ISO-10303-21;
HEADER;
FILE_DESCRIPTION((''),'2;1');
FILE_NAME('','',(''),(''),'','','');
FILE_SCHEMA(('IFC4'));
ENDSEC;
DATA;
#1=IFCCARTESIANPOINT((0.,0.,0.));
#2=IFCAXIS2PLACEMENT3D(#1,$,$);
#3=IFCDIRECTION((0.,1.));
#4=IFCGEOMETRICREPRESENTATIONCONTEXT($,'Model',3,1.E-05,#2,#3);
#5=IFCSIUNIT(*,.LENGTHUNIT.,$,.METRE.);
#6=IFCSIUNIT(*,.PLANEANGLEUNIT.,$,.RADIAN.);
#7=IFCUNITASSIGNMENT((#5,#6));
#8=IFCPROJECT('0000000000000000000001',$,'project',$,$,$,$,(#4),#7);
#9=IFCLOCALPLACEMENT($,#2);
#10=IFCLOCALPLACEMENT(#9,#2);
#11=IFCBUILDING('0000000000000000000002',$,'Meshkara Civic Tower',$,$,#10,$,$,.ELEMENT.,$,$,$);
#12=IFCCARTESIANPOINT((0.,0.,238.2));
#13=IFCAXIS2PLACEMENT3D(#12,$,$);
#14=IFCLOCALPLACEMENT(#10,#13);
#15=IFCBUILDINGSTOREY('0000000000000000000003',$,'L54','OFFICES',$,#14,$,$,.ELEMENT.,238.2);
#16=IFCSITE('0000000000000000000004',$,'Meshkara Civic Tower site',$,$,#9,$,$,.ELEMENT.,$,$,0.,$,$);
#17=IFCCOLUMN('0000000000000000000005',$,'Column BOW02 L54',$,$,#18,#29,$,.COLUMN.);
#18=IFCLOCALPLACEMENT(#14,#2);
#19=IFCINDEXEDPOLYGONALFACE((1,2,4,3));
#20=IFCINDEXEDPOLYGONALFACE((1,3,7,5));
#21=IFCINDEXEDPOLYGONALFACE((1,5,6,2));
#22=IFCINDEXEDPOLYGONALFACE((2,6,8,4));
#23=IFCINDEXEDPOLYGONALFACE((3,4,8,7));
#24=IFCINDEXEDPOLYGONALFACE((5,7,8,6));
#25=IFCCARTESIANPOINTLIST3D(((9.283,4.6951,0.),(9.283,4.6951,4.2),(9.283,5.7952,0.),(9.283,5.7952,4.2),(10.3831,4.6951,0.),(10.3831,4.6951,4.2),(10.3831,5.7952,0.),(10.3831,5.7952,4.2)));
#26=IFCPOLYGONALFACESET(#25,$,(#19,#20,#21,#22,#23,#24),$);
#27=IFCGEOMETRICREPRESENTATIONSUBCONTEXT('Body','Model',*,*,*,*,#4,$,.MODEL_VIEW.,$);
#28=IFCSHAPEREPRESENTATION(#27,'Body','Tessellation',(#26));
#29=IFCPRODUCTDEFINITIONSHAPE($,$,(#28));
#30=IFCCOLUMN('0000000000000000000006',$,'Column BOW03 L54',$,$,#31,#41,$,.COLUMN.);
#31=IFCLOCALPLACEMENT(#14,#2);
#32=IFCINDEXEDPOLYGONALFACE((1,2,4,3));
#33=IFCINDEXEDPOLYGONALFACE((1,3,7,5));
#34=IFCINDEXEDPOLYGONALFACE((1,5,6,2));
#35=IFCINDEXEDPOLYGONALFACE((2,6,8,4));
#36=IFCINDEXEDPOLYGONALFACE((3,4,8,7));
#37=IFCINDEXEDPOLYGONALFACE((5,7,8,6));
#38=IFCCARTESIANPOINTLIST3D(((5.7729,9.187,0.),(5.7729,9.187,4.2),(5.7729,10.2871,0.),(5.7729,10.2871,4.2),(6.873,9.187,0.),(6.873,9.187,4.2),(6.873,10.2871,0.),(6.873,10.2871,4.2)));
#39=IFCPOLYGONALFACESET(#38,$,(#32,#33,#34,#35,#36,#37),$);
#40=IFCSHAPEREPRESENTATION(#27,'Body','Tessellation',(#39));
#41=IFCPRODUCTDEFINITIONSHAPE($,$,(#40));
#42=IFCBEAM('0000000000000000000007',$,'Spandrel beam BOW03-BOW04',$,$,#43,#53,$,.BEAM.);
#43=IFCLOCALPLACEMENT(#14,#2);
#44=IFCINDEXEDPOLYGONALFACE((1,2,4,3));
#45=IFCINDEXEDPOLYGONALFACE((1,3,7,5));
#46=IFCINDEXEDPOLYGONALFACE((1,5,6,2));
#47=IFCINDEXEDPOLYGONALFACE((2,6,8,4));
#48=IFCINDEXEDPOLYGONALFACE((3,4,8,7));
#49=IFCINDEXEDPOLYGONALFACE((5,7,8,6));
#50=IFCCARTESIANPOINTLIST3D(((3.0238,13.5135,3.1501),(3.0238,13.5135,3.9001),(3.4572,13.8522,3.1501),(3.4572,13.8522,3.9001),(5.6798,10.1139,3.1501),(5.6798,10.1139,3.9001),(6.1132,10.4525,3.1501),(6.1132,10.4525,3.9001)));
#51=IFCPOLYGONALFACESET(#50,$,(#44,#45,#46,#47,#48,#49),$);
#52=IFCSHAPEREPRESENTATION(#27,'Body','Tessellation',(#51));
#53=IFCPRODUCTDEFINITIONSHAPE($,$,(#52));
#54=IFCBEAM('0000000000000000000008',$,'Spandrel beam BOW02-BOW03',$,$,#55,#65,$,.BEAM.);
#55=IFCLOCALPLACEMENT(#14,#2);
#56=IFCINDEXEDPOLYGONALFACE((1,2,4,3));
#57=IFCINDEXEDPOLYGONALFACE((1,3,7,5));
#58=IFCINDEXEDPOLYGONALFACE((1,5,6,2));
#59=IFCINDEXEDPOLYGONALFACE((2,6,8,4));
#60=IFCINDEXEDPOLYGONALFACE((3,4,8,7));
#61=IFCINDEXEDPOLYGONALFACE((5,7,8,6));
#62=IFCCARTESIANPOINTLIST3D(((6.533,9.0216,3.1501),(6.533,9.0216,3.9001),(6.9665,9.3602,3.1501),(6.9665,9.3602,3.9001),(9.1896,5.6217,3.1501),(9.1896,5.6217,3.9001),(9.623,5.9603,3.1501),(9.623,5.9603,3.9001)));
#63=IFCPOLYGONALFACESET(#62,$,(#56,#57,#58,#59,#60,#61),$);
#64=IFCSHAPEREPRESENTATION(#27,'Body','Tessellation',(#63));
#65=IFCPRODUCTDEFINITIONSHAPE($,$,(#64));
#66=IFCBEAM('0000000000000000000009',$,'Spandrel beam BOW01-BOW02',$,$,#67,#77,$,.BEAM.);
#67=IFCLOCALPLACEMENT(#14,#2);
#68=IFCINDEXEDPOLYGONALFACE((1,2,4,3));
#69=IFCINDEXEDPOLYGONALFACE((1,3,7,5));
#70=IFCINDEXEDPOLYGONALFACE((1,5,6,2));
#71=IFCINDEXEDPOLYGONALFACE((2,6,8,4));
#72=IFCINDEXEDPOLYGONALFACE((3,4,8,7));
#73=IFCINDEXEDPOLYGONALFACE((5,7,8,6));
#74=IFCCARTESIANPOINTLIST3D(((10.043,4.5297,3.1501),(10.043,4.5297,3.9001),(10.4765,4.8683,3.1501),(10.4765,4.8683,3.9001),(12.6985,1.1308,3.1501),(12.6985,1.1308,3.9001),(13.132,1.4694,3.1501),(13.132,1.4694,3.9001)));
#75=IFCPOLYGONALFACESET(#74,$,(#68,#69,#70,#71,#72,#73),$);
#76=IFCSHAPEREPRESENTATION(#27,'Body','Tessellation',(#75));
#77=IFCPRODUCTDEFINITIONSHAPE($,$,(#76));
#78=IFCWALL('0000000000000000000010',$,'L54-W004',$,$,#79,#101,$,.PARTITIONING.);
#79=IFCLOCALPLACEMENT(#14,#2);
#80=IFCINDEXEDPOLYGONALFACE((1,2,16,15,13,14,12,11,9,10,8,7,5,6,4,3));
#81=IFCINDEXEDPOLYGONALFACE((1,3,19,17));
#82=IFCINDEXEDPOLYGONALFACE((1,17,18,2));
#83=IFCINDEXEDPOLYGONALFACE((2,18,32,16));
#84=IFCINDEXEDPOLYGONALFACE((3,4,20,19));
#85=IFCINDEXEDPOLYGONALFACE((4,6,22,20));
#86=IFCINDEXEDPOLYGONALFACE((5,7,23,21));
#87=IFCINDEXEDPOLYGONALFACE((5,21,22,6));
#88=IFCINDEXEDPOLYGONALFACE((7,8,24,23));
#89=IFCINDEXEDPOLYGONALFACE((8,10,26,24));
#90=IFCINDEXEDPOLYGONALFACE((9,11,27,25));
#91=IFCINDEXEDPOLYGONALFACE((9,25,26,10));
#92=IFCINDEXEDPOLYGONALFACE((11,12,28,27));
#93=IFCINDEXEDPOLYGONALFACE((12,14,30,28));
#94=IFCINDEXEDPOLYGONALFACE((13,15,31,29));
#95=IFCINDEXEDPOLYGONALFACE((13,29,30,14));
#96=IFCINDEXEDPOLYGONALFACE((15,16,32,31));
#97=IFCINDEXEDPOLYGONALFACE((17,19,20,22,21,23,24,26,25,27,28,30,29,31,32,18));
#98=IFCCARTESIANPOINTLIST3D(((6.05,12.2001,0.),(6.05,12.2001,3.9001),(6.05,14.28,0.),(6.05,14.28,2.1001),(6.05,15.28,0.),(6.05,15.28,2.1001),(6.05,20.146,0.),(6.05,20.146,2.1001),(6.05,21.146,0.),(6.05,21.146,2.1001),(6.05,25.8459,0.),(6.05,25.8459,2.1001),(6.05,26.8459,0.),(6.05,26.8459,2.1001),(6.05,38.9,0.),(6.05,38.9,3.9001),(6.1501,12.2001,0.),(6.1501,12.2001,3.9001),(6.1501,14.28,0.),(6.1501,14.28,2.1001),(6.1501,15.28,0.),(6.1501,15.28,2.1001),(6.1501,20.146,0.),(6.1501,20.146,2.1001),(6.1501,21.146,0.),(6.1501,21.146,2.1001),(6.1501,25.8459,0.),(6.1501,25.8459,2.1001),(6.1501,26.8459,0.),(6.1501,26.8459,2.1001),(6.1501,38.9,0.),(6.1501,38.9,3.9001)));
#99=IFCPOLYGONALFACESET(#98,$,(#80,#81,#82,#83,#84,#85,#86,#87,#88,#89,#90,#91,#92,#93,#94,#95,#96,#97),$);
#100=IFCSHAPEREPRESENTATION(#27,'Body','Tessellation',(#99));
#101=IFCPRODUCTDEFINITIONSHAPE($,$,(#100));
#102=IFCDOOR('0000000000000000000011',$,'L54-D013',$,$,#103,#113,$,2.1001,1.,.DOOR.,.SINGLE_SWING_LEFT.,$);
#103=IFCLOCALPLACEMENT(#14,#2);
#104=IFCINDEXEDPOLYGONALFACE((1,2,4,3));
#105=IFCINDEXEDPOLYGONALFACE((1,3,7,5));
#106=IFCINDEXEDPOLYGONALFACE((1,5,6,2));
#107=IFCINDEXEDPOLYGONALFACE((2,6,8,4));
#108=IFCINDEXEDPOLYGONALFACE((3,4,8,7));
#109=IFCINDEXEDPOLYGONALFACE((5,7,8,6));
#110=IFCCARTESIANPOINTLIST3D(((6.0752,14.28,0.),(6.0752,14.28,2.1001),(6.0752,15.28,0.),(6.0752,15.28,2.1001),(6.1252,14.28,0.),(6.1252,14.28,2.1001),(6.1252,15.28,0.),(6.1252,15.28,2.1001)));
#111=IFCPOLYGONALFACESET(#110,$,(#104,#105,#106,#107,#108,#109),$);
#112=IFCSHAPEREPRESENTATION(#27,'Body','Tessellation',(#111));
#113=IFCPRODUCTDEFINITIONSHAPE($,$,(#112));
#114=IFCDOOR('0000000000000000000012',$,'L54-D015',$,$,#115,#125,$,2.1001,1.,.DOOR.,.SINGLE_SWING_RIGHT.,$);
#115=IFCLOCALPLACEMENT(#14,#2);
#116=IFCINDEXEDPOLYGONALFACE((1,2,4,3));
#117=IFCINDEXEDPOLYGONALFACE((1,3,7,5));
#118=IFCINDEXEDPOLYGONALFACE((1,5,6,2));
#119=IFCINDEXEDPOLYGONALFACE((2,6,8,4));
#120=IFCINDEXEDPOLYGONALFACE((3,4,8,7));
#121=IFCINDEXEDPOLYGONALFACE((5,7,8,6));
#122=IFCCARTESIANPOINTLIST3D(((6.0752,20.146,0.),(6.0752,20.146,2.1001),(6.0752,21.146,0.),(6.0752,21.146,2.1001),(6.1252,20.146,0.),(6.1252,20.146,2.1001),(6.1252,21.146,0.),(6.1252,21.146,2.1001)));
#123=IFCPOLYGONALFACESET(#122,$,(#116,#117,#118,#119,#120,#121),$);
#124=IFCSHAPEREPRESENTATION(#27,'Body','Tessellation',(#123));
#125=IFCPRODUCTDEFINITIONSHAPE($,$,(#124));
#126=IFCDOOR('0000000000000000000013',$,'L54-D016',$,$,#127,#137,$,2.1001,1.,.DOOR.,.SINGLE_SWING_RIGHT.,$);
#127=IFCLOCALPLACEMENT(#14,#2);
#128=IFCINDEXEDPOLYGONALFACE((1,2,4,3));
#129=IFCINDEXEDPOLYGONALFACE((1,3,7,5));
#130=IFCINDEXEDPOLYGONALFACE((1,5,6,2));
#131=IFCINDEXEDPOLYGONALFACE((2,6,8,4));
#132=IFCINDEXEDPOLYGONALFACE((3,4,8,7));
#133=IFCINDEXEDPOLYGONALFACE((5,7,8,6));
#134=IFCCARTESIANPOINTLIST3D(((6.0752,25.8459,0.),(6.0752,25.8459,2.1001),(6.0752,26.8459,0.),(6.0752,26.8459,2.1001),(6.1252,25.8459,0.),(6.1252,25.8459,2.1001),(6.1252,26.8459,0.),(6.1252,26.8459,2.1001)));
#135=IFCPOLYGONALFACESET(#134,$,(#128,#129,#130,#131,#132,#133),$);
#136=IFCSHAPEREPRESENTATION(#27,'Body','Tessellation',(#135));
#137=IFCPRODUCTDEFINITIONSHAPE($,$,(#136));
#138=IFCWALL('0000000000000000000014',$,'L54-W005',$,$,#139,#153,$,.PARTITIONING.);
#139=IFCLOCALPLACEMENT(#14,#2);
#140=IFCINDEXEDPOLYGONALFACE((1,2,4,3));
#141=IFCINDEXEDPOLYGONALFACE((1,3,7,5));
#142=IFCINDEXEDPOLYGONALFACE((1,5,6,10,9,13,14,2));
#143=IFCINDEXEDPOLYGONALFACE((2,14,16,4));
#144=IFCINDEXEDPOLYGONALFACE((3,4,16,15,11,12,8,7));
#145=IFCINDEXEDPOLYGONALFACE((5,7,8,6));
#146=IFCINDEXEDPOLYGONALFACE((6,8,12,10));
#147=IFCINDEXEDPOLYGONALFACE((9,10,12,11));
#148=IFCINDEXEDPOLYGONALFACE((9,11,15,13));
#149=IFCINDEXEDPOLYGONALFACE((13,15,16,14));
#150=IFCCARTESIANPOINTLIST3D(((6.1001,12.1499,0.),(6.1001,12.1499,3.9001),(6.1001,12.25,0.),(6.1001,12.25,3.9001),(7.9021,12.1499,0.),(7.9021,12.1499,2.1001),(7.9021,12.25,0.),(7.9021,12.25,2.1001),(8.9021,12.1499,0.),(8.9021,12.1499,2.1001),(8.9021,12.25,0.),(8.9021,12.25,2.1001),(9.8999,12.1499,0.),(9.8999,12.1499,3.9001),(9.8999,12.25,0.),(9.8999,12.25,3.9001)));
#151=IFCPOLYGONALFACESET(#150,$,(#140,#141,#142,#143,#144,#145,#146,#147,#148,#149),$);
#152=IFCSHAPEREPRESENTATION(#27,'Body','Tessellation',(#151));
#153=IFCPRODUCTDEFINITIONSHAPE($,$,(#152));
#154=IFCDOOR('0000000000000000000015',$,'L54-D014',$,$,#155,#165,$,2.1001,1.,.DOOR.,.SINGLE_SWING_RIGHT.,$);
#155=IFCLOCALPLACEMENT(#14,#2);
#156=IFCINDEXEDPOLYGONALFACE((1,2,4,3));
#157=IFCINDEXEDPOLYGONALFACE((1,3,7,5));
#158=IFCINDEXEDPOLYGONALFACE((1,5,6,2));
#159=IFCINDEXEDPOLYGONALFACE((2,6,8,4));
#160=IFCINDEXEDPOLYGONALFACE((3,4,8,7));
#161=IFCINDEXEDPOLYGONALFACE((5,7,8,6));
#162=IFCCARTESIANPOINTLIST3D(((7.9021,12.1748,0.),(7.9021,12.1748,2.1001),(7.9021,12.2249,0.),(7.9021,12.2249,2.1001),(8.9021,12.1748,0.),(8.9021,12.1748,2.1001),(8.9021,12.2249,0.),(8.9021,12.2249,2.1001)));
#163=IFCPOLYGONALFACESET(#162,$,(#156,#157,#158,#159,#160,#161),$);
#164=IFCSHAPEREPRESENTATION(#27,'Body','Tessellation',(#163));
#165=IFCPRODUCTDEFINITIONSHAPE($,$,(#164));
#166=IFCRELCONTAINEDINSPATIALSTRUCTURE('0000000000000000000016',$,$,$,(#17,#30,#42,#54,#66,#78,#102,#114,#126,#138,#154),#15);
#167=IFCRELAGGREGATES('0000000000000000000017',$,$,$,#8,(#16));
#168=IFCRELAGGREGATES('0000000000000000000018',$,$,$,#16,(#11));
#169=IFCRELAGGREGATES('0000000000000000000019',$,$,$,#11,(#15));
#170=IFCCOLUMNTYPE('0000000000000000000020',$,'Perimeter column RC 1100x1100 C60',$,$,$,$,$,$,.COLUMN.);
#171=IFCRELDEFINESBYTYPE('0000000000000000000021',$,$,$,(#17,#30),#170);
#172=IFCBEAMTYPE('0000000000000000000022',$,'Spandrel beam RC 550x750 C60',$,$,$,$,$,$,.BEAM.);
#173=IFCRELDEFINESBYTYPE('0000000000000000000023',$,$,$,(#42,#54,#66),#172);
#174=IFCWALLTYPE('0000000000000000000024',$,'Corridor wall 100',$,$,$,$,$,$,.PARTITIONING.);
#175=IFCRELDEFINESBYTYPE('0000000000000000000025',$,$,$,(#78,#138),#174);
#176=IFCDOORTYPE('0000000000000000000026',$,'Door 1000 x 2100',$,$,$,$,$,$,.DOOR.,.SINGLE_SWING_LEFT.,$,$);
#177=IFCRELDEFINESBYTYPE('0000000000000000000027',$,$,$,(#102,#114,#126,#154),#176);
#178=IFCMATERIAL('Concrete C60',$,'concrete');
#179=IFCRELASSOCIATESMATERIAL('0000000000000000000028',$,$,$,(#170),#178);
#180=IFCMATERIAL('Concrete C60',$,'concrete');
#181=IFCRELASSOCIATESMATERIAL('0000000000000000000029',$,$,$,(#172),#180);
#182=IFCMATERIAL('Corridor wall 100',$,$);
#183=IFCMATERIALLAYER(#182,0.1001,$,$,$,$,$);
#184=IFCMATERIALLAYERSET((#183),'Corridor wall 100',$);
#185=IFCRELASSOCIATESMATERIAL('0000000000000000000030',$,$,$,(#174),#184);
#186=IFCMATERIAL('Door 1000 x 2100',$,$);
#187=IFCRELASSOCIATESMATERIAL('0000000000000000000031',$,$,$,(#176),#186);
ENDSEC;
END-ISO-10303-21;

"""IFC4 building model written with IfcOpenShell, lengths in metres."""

from ifc_helpers import new_model, si_unit, direction, frame, frame_2d, origin, origin_2d, place, context, subcontext, project, spatial, rectangle, extrude, material, layer, layer_set, material_profile, profile_set, type_object, element, fill, save


model = new_model("IFC4")

# Units and contexts
model_context = context("Model", 3, precision=1e-05, world=origin(), true_north=direction((0.0, 1.0)))
body_context = subcontext(model_context, "Body", "Model", "MODEL_VIEW")
ifc_project = project(units=[si_unit("LENGTHUNIT", "METRE"), si_unit("PLANEANGLEUNIT", "RADIAN")], contexts=[model_context])

# Site, building, storey
site_placement = place(None, origin())
site = spatial("IfcSite", under=ifc_project, at=site_placement, Name="Meshkara Civic Tower site", CompositionType="ELEMENT", RefElevation=0.0)
building_placement = place(site_placement, origin())
building = spatial("IfcBuilding", under=site, at=building_placement, Name="Meshkara Civic Tower", CompositionType="ELEMENT")
storey_placement = place(building_placement, frame((0.0, 0.0, 238.2)))
storey = spatial("IfcBuildingStorey", under=building, at=storey_placement, Name="L54", Description="OFFICES", CompositionType="ELEMENT", Elevation=238.2)

# Columns
ifc_material_1 = material(Name="Concrete C60", Category="concrete")
ifc_material_profile_1 = material_profile(ifc_material_1, rectangle(XDim=1.1001, YDim=1.1001, at=origin_2d()))
ifc_profile_set_1 = profile_set([ifc_material_profile_1], Name="Concrete C60")
column_type = type_object("IfcColumnType", Name="Perimeter column RC 1100x1100 C60", PredefinedType="COLUMN", material=ifc_profile_set_1)
for number, where, z_axis, x_axis, name in (
    (1, (9.833, 5.2451, 0.0), (0.0, 0.0, 1.0), (1.0, 0.0, 0.0), "Column BOW02 L54"),
    (2, (6.323, 9.7371, 0.0), (0.0, 0.0, 1.0), (1.0, 0.0, 0.0), "Column BOW03 L54"),
):
    element("IfcColumn", number, at=place(storey_placement, frame(where, z_axis=z_axis, x_axis=x_axis)), inside=storey, type_object=column_type, Name=name, PredefinedType="COLUMN", context=body_context, shape_type="SweptSolid", body=[
        extrude(rectangle(XDim=1.1001, YDim=1.1001, at=origin_2d()), origin(), (0.0, 0.0, 1.0), 4.2),
    ])

# Beams
ifc_material_2 = material(Name="Concrete C60", Category="concrete")
ifc_material_profile_2 = material_profile(ifc_material_2, rectangle(XDim=0.55, YDim=0.75, at=origin_2d()))
ifc_profile_set_2 = profile_set([ifc_material_profile_2], Name="Concrete C60")
beam_type = type_object("IfcBeamType", Name="Spandrel beam RC 550x750 C60", PredefinedType="BEAM", material=ifc_profile_set_2)
beam_1_placement = place(storey_placement, frame((3.2405, 13.6829, 3.5251), z_axis=(0.615647, -0.788022, 0.0), x_axis=(0.788022, 0.615647, 0.0)))
element("IfcBeam", 3, at=beam_1_placement, inside=storey, type_object=beam_type, Name="Spandrel beam BOW03-BOW04", PredefinedType="BEAM", context=body_context, shape_type="SweptSolid", body=[
    extrude(rectangle(XDim=0.55, YDim=0.75, at=origin_2d()), origin(), (0.0, 0.0, 1.0), 4.3142),
])
beam_2_placement = place(storey_placement, frame((6.7498, 9.1909, 3.5251), z_axis=(0.61569, -0.787988, 0.0), x_axis=(0.787988, 0.61569, 0.0)))
element("IfcBeam", 4, at=beam_2_placement, inside=storey, type_object=beam_type, Name="Spandrel beam BOW02-BOW03", PredefinedType="BEAM", context=body_context, shape_type="SweptSolid", body=[
    extrude(rectangle(XDim=0.55, YDim=0.75, at=origin_2d()), origin(), (0.0, 0.0, 1.0), 4.3147),
])
beam_3_placement = place(storey_placement, frame((10.2598, 4.699, 3.5251), z_axis=(0.615659, -0.788012, 0.0), x_axis=(0.788012, 0.615659, 0.0)))
element("IfcBeam", 5, at=beam_3_placement, inside=storey, type_object=beam_type, Name="Spandrel beam BOW01-BOW02", PredefinedType="BEAM", context=body_context, shape_type="SweptSolid", body=[
    extrude(rectangle(XDim=0.55, YDim=0.75, at=origin_2d()), origin(), (0.0, 0.0, 1.0), 4.3132),
])

# Wall, openings, doors
ifc_material_3 = material(Name="Corridor wall 100")
ifc_layer_1 = layer(ifc_material_3, 0.1001)
ifc_layer_set_1 = layer_set([ifc_layer_1], Name="Corridor wall 100")
wall_type_1 = type_object("IfcWallType", Name="Corridor wall 100", PredefinedType="PARTITIONING", material=ifc_layer_set_1)
wall_1_placement = place(storey_placement, frame((6.1001, 12.2, 0.0), z_axis=(0.0, 0.0, 1.0), x_axis=(0.0, 1.0, 0.0)))
wall_1 = element("IfcWall", 6, at=wall_1_placement, inside=storey, type_object=wall_type_1, Name="L54-W004", PredefinedType="PARTITIONING", context=body_context, shape_type="SweptSolid", body=[
    extrude(rectangle(XDim=26.7, YDim=0.1001, at=frame_2d((13.3501, 0.0))), origin(), (0.0, 0.0, 1.0), 3.9001),
])
opening_1_placement = place(wall_1_placement, frame((2.0801, 0.0, 0.0)))
opening_1 = element("IfcOpeningElement", 7, at=opening_1_placement, cuts=wall_1, PredefinedType="OPENING", context=body_context, shape_type="SweptSolid", body=[
    extrude(rectangle(XDim=1.0, YDim=2.1001, at=frame_2d((0.5, 1.05))), frame((0.0, 0.0601, 0.0), z_axis=(0.0, -1.0, 0.0), x_axis=(1.0, 0.0, 0.0)), (0.0, 0.0, 1.0), 0.1201),
])
opening_2_placement = place(wall_1_placement, frame((7.946, 0.0, 0.0)))
opening_2 = element("IfcOpeningElement", 8, at=opening_2_placement, cuts=wall_1, PredefinedType="OPENING", context=body_context, shape_type="SweptSolid", body=[
    extrude(rectangle(XDim=1.0, YDim=2.1001, at=frame_2d((0.5, 1.05))), frame((0.0, 0.0601, 0.0), z_axis=(0.0, -1.0, 0.0), x_axis=(1.0, 0.0, 0.0)), (0.0, 0.0, 1.0), 0.1201),
])
opening_3_placement = place(wall_1_placement, frame((13.646, 0.0, 0.0)))
opening_3 = element("IfcOpeningElement", 9, at=opening_3_placement, cuts=wall_1, PredefinedType="OPENING", context=body_context, shape_type="SweptSolid", body=[
    extrude(rectangle(XDim=1.0, YDim=2.1001, at=frame_2d((0.5, 1.05))), frame((0.0, 0.0601, 0.0), z_axis=(0.0, -1.0, 0.0), x_axis=(1.0, 0.0, 0.0)), (0.0, 0.0, 1.0), 0.1201),
])
ifc_material_4 = material(Name="Door 1000 x 2100")
door_type_1 = type_object("IfcDoorType", Name="Door 1000 x 2100", OperationType="SINGLE_SWING_LEFT", PredefinedType="DOOR", material=ifc_material_4)
door_1_placement = place(opening_1_placement, origin())
door_1 = element("IfcDoor", 10, at=door_1_placement, inside=storey, type_object=door_type_1, Name="L54-D013", OperationType="SINGLE_SWING_LEFT", OverallHeight=2.1001, OverallWidth=1.0, PredefinedType="DOOR", context=body_context, shape_type="SweptSolid", body=[
    extrude(rectangle(XDim=1.0, YDim=2.1001, at=frame_2d((0.5, 1.05))), frame((0.0, 0.0249, 0.0), z_axis=(0.0, -1.0, 0.0), x_axis=(1.0, 0.0, 0.0)), (0.0, 0.0, 1.0), 0.05),
])
fill(opening_1, door_1)
door_2_placement = place(opening_2_placement, origin())
door_2 = element("IfcDoor", 11, at=door_2_placement, inside=storey, type_object=door_type_1, Name="L54-D015", OperationType="SINGLE_SWING_RIGHT", OverallHeight=2.1001, OverallWidth=1.0, PredefinedType="DOOR", context=body_context, shape_type="SweptSolid", body=[
    extrude(rectangle(XDim=1.0, YDim=2.1001, at=frame_2d((0.5, 1.05))), frame((0.0, 0.0249, 0.0), z_axis=(0.0, -1.0, 0.0), x_axis=(1.0, 0.0, 0.0)), (0.0, 0.0, 1.0), 0.05),
])
fill(opening_2, door_2)
door_3_placement = place(opening_3_placement, origin())
door_3 = element("IfcDoor", 12, at=door_3_placement, inside=storey, type_object=door_type_1, Name="L54-D016", OperationType="SINGLE_SWING_RIGHT", OverallHeight=2.1001, OverallWidth=1.0, PredefinedType="DOOR", context=body_context, shape_type="SweptSolid", body=[
    extrude(rectangle(XDim=1.0, YDim=2.1001, at=frame_2d((0.5, 1.05))), frame((0.0, 0.0249, 0.0), z_axis=(0.0, -1.0, 0.0), x_axis=(1.0, 0.0, 0.0)), (0.0, 0.0, 1.0), 0.05),
])
fill(opening_3, door_3)

# Wall, opening, door
wall_2_placement = place(storey_placement, frame((6.1001, 12.2, 0.0), z_axis=(0.0, 0.0, 1.0), x_axis=(1.0, 0.0, 0.0)))
wall_2 = element("IfcWall", 13, at=wall_2_placement, inside=storey, type_object=wall_type_1, Name="L54-W005", PredefinedType="PARTITIONING", context=body_context, shape_type="SweptSolid", body=[
    extrude(rectangle(XDim=3.7998, YDim=0.1001, at=frame_2d((1.8999, 0.0))), origin(), (0.0, 0.0, 1.0), 3.9001),
])
opening_4_placement = place(wall_2_placement, frame((1.802, 0.0, 0.0)))
opening_4 = element("IfcOpeningElement", 14, at=opening_4_placement, cuts=wall_2, PredefinedType="OPENING", context=body_context, shape_type="SweptSolid", body=[
    extrude(rectangle(XDim=1.0, YDim=2.1001, at=frame_2d((0.5, 1.05))), frame((0.0, 0.0601, 0.0), z_axis=(0.0, -1.0, 0.0), x_axis=(1.0, 0.0, 0.0)), (0.0, 0.0, 1.0), 0.1201),
])
door_4_placement = place(opening_4_placement, origin())
door_4 = element("IfcDoor", 15, at=door_4_placement, inside=storey, type_object=door_type_1, Name="L54-D014", OperationType="SINGLE_SWING_RIGHT", OverallHeight=2.1001, OverallWidth=1.0, PredefinedType="DOOR", context=body_context, shape_type="SweptSolid", body=[
    extrude(rectangle(XDim=1.0, YDim=2.1001, at=frame_2d((0.5, 1.05))), frame((0.0, 0.0249, 0.0), z_axis=(0.0, -1.0, 0.0), x_axis=(1.0, 0.0, 0.0)), (0.0, 0.0, 1.0), 0.05),
])
fill(opening_4, door_4)

save(model, "model.ifc")
